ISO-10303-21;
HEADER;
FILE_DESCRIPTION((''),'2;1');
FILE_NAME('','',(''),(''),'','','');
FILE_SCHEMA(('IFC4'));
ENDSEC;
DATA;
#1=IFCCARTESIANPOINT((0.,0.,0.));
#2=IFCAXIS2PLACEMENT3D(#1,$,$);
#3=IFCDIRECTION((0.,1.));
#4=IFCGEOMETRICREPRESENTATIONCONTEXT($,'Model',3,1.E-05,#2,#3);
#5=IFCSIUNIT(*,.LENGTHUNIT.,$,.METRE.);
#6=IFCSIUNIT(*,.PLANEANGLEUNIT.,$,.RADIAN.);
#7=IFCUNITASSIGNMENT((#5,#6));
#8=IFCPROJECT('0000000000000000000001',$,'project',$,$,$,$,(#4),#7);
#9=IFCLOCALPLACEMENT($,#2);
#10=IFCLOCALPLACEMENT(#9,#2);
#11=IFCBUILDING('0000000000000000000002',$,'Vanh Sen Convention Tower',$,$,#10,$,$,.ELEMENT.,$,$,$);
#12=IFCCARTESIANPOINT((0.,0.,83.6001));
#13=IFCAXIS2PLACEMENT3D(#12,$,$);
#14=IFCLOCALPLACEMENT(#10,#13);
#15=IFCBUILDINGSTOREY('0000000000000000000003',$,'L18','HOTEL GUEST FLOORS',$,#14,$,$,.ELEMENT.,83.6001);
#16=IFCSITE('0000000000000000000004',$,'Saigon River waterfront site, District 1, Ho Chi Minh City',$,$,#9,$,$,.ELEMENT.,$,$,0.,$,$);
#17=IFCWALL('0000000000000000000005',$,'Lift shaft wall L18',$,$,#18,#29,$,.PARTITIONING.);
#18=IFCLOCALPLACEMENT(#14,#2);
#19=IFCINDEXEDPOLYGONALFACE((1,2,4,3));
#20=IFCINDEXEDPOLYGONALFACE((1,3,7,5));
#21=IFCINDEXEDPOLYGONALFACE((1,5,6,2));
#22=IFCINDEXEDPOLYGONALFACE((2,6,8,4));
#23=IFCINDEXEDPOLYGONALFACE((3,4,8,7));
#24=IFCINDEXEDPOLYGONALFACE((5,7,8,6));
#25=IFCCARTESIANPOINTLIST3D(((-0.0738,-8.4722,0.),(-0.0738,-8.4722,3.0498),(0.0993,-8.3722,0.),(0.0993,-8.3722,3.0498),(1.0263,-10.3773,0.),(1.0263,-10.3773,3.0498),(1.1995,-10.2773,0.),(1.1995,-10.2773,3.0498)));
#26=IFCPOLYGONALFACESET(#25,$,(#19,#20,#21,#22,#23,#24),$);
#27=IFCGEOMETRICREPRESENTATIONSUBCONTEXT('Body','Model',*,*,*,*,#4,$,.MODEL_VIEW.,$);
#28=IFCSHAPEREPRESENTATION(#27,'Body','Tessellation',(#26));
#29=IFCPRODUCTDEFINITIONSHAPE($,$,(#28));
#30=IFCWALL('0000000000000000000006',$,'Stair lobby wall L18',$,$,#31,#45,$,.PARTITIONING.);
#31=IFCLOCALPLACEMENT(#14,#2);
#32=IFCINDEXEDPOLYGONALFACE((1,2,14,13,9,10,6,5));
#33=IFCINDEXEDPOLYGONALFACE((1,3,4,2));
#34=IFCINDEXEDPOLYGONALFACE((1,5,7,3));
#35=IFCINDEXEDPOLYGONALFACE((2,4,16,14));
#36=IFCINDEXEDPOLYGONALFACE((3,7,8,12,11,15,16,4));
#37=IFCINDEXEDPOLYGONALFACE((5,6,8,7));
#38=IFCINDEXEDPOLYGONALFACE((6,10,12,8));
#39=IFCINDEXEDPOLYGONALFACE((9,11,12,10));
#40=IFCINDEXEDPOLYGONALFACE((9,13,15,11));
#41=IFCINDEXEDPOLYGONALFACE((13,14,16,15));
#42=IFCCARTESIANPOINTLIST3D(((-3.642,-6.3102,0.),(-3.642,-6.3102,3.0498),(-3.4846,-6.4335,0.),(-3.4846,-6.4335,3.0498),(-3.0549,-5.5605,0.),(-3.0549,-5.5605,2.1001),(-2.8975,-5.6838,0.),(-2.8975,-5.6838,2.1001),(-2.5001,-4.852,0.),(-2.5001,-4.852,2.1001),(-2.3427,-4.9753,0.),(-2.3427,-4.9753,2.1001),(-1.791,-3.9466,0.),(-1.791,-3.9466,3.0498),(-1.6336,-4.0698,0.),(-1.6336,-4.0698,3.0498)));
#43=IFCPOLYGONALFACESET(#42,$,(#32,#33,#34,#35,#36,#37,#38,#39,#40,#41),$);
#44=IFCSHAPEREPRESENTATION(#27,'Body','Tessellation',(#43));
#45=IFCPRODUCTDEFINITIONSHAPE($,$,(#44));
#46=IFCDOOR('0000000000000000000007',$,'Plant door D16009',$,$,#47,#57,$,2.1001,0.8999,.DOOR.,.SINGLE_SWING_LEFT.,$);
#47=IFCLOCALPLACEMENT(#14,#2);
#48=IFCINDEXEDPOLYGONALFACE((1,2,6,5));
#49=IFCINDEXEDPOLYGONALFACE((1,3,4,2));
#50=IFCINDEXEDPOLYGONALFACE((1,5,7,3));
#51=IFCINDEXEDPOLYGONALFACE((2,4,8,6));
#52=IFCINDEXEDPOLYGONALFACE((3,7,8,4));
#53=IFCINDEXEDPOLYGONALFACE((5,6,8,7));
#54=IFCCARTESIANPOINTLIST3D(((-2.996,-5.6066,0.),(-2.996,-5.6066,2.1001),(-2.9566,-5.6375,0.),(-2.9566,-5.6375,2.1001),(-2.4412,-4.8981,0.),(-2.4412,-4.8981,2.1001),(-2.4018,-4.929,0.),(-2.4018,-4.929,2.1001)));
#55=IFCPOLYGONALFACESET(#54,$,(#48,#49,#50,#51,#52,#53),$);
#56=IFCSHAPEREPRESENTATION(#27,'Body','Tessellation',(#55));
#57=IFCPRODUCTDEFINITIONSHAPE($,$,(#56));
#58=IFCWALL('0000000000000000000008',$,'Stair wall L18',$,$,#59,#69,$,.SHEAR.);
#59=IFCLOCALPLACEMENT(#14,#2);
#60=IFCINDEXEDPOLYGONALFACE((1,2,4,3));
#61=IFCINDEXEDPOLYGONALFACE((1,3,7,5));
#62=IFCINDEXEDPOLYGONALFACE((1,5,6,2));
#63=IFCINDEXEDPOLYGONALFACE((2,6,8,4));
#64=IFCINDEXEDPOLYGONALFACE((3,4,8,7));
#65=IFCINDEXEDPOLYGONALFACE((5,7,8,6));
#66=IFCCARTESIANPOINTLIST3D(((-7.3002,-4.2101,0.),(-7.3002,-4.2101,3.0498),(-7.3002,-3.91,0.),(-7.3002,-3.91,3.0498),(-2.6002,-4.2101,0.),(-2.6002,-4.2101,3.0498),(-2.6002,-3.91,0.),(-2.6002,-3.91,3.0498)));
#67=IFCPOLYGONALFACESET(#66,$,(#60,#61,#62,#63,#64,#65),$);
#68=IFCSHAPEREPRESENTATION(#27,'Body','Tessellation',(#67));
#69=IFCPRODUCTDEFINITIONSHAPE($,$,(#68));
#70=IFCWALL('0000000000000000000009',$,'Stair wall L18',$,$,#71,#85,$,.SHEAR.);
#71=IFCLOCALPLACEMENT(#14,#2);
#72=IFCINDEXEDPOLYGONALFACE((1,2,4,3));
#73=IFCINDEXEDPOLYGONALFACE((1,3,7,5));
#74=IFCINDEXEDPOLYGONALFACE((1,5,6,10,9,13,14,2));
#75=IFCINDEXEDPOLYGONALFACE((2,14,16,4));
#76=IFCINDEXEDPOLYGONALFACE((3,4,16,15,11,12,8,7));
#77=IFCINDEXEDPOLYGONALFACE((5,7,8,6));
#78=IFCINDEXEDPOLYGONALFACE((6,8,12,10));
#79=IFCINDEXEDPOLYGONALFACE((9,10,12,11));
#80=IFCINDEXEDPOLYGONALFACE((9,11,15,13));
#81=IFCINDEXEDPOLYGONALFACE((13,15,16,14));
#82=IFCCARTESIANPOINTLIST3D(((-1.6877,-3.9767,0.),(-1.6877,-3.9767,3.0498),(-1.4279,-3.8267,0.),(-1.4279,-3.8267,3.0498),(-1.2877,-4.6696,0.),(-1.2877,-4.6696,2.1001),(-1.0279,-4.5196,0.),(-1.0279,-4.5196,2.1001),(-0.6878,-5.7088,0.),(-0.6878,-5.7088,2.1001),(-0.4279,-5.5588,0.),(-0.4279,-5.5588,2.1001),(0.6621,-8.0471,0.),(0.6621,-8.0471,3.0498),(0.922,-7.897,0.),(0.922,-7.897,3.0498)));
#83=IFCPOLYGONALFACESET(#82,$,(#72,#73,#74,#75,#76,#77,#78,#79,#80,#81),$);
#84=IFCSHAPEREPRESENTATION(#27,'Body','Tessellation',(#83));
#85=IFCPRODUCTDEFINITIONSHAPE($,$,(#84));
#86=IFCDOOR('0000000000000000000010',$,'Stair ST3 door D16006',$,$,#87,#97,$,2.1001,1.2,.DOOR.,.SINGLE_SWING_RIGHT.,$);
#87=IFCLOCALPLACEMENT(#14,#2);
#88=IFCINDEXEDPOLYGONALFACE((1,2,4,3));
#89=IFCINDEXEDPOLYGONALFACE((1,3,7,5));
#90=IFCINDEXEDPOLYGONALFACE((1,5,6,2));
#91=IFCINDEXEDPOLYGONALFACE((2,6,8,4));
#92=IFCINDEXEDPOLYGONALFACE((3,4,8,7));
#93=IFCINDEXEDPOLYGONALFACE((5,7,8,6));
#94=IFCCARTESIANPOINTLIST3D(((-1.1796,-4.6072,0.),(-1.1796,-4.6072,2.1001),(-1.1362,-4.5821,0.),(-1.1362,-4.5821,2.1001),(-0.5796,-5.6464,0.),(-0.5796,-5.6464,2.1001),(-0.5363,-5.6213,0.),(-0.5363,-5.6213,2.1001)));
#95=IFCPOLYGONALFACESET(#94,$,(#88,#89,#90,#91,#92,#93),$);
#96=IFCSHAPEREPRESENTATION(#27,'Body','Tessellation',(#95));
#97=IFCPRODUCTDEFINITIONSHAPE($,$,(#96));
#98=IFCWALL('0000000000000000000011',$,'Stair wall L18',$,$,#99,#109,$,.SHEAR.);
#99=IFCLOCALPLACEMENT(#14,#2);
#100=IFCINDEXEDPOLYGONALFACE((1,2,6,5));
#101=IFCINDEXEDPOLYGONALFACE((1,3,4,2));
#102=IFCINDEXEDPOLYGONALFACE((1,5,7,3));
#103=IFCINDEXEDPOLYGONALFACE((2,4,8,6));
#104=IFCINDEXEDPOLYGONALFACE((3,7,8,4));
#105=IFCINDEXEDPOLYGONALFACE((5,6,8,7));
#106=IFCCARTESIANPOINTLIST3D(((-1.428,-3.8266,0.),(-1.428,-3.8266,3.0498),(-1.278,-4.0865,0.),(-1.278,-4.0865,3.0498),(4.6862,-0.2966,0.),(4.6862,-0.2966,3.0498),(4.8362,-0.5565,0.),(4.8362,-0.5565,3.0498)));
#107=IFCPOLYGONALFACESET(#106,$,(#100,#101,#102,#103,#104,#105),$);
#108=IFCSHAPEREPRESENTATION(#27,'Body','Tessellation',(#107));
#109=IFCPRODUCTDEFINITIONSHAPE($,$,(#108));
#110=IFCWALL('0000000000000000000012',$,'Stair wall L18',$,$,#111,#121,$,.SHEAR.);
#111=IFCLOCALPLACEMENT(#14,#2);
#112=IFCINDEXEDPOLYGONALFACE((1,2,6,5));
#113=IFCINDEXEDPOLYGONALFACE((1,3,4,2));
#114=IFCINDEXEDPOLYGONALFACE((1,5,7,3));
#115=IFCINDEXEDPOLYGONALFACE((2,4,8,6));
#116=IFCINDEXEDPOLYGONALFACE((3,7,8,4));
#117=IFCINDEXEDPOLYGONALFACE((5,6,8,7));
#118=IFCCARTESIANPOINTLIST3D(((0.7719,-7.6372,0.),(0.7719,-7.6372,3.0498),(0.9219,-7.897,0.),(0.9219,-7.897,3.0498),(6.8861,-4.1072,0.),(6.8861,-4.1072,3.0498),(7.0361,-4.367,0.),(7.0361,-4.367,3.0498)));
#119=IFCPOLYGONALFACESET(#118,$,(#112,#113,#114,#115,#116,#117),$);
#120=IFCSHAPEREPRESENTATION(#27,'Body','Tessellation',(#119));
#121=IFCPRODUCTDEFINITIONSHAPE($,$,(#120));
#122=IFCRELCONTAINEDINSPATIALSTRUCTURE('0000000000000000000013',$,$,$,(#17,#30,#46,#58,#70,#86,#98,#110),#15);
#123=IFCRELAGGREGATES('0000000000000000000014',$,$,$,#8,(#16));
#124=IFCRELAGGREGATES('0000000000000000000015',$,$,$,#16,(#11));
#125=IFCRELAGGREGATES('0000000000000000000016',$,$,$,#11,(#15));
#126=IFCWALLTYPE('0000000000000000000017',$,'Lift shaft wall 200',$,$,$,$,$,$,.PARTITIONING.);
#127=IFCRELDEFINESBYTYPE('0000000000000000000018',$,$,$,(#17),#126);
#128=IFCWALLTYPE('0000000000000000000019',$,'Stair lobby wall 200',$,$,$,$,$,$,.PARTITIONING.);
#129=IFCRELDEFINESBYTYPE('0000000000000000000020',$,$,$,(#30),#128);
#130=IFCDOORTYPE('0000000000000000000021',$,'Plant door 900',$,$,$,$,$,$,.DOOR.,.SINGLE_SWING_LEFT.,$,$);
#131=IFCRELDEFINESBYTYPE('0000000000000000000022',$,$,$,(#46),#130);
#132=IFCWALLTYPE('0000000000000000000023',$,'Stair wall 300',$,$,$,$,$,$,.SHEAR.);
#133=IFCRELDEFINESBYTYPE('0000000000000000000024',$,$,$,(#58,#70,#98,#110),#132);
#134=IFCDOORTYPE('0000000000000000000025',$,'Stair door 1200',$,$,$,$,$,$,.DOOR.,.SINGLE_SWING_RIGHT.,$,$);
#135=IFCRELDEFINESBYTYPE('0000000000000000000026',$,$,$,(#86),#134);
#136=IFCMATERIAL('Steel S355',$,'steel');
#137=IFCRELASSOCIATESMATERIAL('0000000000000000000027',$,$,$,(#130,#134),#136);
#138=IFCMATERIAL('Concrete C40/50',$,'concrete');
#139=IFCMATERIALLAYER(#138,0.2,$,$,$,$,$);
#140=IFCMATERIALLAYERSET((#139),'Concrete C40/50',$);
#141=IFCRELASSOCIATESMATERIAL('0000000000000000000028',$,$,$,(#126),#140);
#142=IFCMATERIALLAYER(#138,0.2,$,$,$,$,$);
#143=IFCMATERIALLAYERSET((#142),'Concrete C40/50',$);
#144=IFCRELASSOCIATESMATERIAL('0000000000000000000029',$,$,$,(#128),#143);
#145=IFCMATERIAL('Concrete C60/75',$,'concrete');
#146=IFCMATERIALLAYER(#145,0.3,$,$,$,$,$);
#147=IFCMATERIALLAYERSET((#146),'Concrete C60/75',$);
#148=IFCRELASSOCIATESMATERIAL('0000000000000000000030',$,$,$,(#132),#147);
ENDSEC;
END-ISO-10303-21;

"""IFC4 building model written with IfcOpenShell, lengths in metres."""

from ifc_helpers import new_model, si_unit, direction, frame, frame_2d, origin, place, context, subcontext, project, spatial, rectangle, extrude, material, layer, layer_set, type_object, element, fill, save


model = new_model("IFC4")

# Units and contexts
model_context = context("Model", 3, precision=1e-05, world=origin(), true_north=direction((0.0, 1.0)))
body_context = subcontext(model_context, "Body", "Model", "MODEL_VIEW")
ifc_project = project(units=[si_unit("LENGTHUNIT", "METRE"), si_unit("PLANEANGLEUNIT", "RADIAN")], contexts=[model_context])

# Site, building, storey
site_placement = place(None, origin())
site = spatial("IfcSite", under=ifc_project, at=site_placement, Name="Saigon River waterfront site, District 1, Ho Chi Minh City", CompositionType="ELEMENT", RefElevation=0.0)
building_placement = place(site_placement, origin())
building = spatial("IfcBuilding", under=site, at=building_placement, Name="Vanh Sen Convention Tower", CompositionType="ELEMENT")
storey_placement = place(building_placement, frame((0.0, 0.0, 83.6001)))
storey = spatial("IfcBuildingStorey", under=building, at=storey_placement, Name="L18", Description="HOTEL GUEST FLOORS", CompositionType="ELEMENT", Elevation=83.6001)

# Shared definitions
ifc_material_1 = material(Name="Concrete C40/50", Category="concrete")

# Shared definitions
ifc_material_2 = material(Name="Steel S355", Category="steel")
door_type_1 = type_object("IfcDoorType", Name="Plant door 900", OperationType="SINGLE_SWING_LEFT", PredefinedType="DOOR", material=ifc_material_2)

# Wall
ifc_layer_1 = layer(ifc_material_1, 0.2)
ifc_layer_set_1 = layer_set([ifc_layer_1], Name="Concrete C40/50")
wall_type_1 = type_object("IfcWallType", Name="Lift shaft wall 200", PredefinedType="PARTITIONING", material=ifc_layer_set_1)
wall_1_placement = place(storey_placement, frame((0.0127, -8.4221, 0.0), z_axis=(0.0, 0.0, 1.0), x_axis=(0.500078, -0.86598, 0.0)))
element("IfcWall", 1, at=wall_1_placement, inside=storey, type_object=wall_type_1, Name="Lift shaft wall L18", PredefinedType="PARTITIONING", context=body_context, shape_type="SweptSolid", body=[
    extrude(rectangle(XDim=2.2, YDim=0.2, at=frame_2d((1.1001, 0.0))), origin(), (0.0, 0.0, 1.0), 3.0498),
])

# Wall, opening, door
ifc_layer_2 = layer(ifc_material_1, 0.2)
ifc_layer_set_2 = layer_set([ifc_layer_2], Name="Concrete C40/50")
wall_type_2 = type_object("IfcWallType", Name="Stair lobby wall 200", PredefinedType="PARTITIONING", material=ifc_layer_set_2)
wall_2_placement = place(storey_placement, frame((-1.7124, -4.0083, 0.0), z_axis=(0.0, 0.0, 1.0), x_axis=(-0.616549, -0.787316, 0.0)))
wall_2 = element("IfcWall", 2, at=wall_2_placement, inside=storey, type_object=wall_type_2, Name="Stair lobby wall L18", PredefinedType="PARTITIONING", context=body_context, shape_type="SweptSolid", body=[
    extrude(rectangle(XDim=3.0022, YDim=0.2, at=frame_2d((1.501, 0.0))), origin(), (0.0, 0.0, 1.0), 3.0498),
])
opening_1_placement = place(wall_2_placement, frame((1.1499, 0.0, 0.0)))
opening_1 = element("IfcOpeningElement", 3, at=opening_1_placement, cuts=wall_2, PredefinedType="OPENING", context=body_context, shape_type="SweptSolid", body=[
    extrude(rectangle(XDim=0.8999, YDim=2.1001, at=frame_2d((0.45, 1.05))), frame((0.0, 0.1099, 0.0), z_axis=(0.0, -1.0, 0.0), x_axis=(1.0, 0.0, 0.0)), (0.0, 0.0, 1.0), 0.22),
])
door_1_placement = place(opening_1_placement, origin())
door_1 = element("IfcDoor", 4, at=door_1_placement, inside=storey, type_object=door_type_1, Name="Plant door D16009", OperationType="SINGLE_SWING_LEFT", OverallHeight=2.1001, OverallWidth=0.8999, PredefinedType="DOOR", context=body_context, shape_type="SweptSolid", body=[
    extrude(rectangle(XDim=0.8999, YDim=2.1001, at=frame_2d((0.45, 1.05))), frame((0.0, 0.0249, 0.0), z_axis=(0.0, -1.0, 0.0), x_axis=(1.0, 0.0, 0.0)), (0.0, 0.0, 1.0), 0.05),
])
fill(opening_1, door_1)

# Wall
ifc_material_3 = material(Name="Concrete C60/75", Category="concrete")
ifc_layer_3 = layer(ifc_material_3, 0.3)
ifc_layer_set_3 = layer_set([ifc_layer_3], Name="Concrete C60/75")
wall_type_3 = type_object("IfcWallType", Name="Stair wall 300", PredefinedType="SHEAR", material=ifc_layer_set_3)
wall_3_placement = place(storey_placement, frame((-2.6001, -4.0601, 0.0), z_axis=(0.0, 0.0, 1.0), x_axis=(-1.0, 0.0, 0.0)))
element("IfcWall", 5, at=wall_3_placement, inside=storey, type_object=wall_type_3, Name="Stair wall L18", PredefinedType="SHEAR", context=body_context, shape_type="SweptSolid", body=[
    extrude(rectangle(XDim=4.7, YDim=0.3, at=frame_2d((2.3501, 0.0))), origin(), (0.0, 0.0, 1.0), 3.0498),
])

# Wall, opening, door
wall_4_placement = place(storey_placement, frame((-1.5579, -3.9016, 0.0), z_axis=(0.0, 0.0, 1.0), x_axis=(0.499977, -0.866039, 0.0)))
wall_4 = element("IfcWall", 6, at=wall_4_placement, inside=storey, type_object=wall_type_3, Name="Stair wall L18", PredefinedType="SHEAR", context=body_context, shape_type="SweptSolid", body=[
    extrude(rectangle(XDim=4.7, YDim=0.3, at=frame_2d((2.3501, 0.0))), origin(), (0.0, 0.0, 1.0), 3.0498),
])
opening_2_placement = place(wall_4_placement, frame((0.8, 0.0, 0.0)))
opening_2 = element("IfcOpeningElement", 7, at=opening_2_placement, cuts=wall_4, PredefinedType="OPENING", context=body_context, shape_type="SweptSolid", body=[
    extrude(rectangle(XDim=1.2, YDim=2.1001, at=frame_2d((0.6001, 1.05))), frame((0.0, 0.1599, 0.0), z_axis=(0.0, -1.0, 0.0), x_axis=(1.0, 0.0, 0.0)), (0.0, 0.0, 1.0), 0.3201),
])
door_type_2 = type_object("IfcDoorType", Name="Stair door 1200", OperationType="SINGLE_SWING_RIGHT", PredefinedType="DOOR", material=ifc_material_2)
door_2_placement = place(opening_2_placement, origin())
door_2 = element("IfcDoor", 8, at=door_2_placement, inside=storey, type_object=door_type_2, Name="Stair ST3 door D16006", OperationType="SINGLE_SWING_RIGHT", OverallHeight=2.1001, OverallWidth=1.2, PredefinedType="DOOR", context=body_context, shape_type="SweptSolid", body=[
    extrude(rectangle(XDim=1.2, YDim=2.1001, at=frame_2d((0.6001, 1.05))), frame((0.0, 0.0249, 0.0), z_axis=(0.0, -1.0, 0.0), x_axis=(1.0, 0.0, 0.0)), (0.0, 0.0, 1.0), 0.05),
])
fill(opening_2, door_2)

# Walls
for number, where, z_axis, x_axis, name in (
    (9, (-1.353, -3.9565, 0.0), (0.0, 0.0, 1.0), (0.866028, 0.499996, 0.0), "Stair wall L18"),
    (10, (0.8469, -7.7671, 0.0), (0.0, 0.0, 1.0), (0.866028, 0.499996, 0.0), "Stair wall L18"),
):
    element("IfcWall", number, at=place(storey_placement, frame(where, z_axis=z_axis, x_axis=x_axis)), inside=storey, type_object=wall_type_3, Name=name, PredefinedType="SHEAR", context=body_context, shape_type="SweptSolid", body=[
        extrude(rectangle(XDim=7.0601, YDim=0.3, at=frame_2d((3.53, 0.0))), origin(), (0.0, 0.0, 1.0), 3.0498),
    ])

save(model, "model.ifc")
